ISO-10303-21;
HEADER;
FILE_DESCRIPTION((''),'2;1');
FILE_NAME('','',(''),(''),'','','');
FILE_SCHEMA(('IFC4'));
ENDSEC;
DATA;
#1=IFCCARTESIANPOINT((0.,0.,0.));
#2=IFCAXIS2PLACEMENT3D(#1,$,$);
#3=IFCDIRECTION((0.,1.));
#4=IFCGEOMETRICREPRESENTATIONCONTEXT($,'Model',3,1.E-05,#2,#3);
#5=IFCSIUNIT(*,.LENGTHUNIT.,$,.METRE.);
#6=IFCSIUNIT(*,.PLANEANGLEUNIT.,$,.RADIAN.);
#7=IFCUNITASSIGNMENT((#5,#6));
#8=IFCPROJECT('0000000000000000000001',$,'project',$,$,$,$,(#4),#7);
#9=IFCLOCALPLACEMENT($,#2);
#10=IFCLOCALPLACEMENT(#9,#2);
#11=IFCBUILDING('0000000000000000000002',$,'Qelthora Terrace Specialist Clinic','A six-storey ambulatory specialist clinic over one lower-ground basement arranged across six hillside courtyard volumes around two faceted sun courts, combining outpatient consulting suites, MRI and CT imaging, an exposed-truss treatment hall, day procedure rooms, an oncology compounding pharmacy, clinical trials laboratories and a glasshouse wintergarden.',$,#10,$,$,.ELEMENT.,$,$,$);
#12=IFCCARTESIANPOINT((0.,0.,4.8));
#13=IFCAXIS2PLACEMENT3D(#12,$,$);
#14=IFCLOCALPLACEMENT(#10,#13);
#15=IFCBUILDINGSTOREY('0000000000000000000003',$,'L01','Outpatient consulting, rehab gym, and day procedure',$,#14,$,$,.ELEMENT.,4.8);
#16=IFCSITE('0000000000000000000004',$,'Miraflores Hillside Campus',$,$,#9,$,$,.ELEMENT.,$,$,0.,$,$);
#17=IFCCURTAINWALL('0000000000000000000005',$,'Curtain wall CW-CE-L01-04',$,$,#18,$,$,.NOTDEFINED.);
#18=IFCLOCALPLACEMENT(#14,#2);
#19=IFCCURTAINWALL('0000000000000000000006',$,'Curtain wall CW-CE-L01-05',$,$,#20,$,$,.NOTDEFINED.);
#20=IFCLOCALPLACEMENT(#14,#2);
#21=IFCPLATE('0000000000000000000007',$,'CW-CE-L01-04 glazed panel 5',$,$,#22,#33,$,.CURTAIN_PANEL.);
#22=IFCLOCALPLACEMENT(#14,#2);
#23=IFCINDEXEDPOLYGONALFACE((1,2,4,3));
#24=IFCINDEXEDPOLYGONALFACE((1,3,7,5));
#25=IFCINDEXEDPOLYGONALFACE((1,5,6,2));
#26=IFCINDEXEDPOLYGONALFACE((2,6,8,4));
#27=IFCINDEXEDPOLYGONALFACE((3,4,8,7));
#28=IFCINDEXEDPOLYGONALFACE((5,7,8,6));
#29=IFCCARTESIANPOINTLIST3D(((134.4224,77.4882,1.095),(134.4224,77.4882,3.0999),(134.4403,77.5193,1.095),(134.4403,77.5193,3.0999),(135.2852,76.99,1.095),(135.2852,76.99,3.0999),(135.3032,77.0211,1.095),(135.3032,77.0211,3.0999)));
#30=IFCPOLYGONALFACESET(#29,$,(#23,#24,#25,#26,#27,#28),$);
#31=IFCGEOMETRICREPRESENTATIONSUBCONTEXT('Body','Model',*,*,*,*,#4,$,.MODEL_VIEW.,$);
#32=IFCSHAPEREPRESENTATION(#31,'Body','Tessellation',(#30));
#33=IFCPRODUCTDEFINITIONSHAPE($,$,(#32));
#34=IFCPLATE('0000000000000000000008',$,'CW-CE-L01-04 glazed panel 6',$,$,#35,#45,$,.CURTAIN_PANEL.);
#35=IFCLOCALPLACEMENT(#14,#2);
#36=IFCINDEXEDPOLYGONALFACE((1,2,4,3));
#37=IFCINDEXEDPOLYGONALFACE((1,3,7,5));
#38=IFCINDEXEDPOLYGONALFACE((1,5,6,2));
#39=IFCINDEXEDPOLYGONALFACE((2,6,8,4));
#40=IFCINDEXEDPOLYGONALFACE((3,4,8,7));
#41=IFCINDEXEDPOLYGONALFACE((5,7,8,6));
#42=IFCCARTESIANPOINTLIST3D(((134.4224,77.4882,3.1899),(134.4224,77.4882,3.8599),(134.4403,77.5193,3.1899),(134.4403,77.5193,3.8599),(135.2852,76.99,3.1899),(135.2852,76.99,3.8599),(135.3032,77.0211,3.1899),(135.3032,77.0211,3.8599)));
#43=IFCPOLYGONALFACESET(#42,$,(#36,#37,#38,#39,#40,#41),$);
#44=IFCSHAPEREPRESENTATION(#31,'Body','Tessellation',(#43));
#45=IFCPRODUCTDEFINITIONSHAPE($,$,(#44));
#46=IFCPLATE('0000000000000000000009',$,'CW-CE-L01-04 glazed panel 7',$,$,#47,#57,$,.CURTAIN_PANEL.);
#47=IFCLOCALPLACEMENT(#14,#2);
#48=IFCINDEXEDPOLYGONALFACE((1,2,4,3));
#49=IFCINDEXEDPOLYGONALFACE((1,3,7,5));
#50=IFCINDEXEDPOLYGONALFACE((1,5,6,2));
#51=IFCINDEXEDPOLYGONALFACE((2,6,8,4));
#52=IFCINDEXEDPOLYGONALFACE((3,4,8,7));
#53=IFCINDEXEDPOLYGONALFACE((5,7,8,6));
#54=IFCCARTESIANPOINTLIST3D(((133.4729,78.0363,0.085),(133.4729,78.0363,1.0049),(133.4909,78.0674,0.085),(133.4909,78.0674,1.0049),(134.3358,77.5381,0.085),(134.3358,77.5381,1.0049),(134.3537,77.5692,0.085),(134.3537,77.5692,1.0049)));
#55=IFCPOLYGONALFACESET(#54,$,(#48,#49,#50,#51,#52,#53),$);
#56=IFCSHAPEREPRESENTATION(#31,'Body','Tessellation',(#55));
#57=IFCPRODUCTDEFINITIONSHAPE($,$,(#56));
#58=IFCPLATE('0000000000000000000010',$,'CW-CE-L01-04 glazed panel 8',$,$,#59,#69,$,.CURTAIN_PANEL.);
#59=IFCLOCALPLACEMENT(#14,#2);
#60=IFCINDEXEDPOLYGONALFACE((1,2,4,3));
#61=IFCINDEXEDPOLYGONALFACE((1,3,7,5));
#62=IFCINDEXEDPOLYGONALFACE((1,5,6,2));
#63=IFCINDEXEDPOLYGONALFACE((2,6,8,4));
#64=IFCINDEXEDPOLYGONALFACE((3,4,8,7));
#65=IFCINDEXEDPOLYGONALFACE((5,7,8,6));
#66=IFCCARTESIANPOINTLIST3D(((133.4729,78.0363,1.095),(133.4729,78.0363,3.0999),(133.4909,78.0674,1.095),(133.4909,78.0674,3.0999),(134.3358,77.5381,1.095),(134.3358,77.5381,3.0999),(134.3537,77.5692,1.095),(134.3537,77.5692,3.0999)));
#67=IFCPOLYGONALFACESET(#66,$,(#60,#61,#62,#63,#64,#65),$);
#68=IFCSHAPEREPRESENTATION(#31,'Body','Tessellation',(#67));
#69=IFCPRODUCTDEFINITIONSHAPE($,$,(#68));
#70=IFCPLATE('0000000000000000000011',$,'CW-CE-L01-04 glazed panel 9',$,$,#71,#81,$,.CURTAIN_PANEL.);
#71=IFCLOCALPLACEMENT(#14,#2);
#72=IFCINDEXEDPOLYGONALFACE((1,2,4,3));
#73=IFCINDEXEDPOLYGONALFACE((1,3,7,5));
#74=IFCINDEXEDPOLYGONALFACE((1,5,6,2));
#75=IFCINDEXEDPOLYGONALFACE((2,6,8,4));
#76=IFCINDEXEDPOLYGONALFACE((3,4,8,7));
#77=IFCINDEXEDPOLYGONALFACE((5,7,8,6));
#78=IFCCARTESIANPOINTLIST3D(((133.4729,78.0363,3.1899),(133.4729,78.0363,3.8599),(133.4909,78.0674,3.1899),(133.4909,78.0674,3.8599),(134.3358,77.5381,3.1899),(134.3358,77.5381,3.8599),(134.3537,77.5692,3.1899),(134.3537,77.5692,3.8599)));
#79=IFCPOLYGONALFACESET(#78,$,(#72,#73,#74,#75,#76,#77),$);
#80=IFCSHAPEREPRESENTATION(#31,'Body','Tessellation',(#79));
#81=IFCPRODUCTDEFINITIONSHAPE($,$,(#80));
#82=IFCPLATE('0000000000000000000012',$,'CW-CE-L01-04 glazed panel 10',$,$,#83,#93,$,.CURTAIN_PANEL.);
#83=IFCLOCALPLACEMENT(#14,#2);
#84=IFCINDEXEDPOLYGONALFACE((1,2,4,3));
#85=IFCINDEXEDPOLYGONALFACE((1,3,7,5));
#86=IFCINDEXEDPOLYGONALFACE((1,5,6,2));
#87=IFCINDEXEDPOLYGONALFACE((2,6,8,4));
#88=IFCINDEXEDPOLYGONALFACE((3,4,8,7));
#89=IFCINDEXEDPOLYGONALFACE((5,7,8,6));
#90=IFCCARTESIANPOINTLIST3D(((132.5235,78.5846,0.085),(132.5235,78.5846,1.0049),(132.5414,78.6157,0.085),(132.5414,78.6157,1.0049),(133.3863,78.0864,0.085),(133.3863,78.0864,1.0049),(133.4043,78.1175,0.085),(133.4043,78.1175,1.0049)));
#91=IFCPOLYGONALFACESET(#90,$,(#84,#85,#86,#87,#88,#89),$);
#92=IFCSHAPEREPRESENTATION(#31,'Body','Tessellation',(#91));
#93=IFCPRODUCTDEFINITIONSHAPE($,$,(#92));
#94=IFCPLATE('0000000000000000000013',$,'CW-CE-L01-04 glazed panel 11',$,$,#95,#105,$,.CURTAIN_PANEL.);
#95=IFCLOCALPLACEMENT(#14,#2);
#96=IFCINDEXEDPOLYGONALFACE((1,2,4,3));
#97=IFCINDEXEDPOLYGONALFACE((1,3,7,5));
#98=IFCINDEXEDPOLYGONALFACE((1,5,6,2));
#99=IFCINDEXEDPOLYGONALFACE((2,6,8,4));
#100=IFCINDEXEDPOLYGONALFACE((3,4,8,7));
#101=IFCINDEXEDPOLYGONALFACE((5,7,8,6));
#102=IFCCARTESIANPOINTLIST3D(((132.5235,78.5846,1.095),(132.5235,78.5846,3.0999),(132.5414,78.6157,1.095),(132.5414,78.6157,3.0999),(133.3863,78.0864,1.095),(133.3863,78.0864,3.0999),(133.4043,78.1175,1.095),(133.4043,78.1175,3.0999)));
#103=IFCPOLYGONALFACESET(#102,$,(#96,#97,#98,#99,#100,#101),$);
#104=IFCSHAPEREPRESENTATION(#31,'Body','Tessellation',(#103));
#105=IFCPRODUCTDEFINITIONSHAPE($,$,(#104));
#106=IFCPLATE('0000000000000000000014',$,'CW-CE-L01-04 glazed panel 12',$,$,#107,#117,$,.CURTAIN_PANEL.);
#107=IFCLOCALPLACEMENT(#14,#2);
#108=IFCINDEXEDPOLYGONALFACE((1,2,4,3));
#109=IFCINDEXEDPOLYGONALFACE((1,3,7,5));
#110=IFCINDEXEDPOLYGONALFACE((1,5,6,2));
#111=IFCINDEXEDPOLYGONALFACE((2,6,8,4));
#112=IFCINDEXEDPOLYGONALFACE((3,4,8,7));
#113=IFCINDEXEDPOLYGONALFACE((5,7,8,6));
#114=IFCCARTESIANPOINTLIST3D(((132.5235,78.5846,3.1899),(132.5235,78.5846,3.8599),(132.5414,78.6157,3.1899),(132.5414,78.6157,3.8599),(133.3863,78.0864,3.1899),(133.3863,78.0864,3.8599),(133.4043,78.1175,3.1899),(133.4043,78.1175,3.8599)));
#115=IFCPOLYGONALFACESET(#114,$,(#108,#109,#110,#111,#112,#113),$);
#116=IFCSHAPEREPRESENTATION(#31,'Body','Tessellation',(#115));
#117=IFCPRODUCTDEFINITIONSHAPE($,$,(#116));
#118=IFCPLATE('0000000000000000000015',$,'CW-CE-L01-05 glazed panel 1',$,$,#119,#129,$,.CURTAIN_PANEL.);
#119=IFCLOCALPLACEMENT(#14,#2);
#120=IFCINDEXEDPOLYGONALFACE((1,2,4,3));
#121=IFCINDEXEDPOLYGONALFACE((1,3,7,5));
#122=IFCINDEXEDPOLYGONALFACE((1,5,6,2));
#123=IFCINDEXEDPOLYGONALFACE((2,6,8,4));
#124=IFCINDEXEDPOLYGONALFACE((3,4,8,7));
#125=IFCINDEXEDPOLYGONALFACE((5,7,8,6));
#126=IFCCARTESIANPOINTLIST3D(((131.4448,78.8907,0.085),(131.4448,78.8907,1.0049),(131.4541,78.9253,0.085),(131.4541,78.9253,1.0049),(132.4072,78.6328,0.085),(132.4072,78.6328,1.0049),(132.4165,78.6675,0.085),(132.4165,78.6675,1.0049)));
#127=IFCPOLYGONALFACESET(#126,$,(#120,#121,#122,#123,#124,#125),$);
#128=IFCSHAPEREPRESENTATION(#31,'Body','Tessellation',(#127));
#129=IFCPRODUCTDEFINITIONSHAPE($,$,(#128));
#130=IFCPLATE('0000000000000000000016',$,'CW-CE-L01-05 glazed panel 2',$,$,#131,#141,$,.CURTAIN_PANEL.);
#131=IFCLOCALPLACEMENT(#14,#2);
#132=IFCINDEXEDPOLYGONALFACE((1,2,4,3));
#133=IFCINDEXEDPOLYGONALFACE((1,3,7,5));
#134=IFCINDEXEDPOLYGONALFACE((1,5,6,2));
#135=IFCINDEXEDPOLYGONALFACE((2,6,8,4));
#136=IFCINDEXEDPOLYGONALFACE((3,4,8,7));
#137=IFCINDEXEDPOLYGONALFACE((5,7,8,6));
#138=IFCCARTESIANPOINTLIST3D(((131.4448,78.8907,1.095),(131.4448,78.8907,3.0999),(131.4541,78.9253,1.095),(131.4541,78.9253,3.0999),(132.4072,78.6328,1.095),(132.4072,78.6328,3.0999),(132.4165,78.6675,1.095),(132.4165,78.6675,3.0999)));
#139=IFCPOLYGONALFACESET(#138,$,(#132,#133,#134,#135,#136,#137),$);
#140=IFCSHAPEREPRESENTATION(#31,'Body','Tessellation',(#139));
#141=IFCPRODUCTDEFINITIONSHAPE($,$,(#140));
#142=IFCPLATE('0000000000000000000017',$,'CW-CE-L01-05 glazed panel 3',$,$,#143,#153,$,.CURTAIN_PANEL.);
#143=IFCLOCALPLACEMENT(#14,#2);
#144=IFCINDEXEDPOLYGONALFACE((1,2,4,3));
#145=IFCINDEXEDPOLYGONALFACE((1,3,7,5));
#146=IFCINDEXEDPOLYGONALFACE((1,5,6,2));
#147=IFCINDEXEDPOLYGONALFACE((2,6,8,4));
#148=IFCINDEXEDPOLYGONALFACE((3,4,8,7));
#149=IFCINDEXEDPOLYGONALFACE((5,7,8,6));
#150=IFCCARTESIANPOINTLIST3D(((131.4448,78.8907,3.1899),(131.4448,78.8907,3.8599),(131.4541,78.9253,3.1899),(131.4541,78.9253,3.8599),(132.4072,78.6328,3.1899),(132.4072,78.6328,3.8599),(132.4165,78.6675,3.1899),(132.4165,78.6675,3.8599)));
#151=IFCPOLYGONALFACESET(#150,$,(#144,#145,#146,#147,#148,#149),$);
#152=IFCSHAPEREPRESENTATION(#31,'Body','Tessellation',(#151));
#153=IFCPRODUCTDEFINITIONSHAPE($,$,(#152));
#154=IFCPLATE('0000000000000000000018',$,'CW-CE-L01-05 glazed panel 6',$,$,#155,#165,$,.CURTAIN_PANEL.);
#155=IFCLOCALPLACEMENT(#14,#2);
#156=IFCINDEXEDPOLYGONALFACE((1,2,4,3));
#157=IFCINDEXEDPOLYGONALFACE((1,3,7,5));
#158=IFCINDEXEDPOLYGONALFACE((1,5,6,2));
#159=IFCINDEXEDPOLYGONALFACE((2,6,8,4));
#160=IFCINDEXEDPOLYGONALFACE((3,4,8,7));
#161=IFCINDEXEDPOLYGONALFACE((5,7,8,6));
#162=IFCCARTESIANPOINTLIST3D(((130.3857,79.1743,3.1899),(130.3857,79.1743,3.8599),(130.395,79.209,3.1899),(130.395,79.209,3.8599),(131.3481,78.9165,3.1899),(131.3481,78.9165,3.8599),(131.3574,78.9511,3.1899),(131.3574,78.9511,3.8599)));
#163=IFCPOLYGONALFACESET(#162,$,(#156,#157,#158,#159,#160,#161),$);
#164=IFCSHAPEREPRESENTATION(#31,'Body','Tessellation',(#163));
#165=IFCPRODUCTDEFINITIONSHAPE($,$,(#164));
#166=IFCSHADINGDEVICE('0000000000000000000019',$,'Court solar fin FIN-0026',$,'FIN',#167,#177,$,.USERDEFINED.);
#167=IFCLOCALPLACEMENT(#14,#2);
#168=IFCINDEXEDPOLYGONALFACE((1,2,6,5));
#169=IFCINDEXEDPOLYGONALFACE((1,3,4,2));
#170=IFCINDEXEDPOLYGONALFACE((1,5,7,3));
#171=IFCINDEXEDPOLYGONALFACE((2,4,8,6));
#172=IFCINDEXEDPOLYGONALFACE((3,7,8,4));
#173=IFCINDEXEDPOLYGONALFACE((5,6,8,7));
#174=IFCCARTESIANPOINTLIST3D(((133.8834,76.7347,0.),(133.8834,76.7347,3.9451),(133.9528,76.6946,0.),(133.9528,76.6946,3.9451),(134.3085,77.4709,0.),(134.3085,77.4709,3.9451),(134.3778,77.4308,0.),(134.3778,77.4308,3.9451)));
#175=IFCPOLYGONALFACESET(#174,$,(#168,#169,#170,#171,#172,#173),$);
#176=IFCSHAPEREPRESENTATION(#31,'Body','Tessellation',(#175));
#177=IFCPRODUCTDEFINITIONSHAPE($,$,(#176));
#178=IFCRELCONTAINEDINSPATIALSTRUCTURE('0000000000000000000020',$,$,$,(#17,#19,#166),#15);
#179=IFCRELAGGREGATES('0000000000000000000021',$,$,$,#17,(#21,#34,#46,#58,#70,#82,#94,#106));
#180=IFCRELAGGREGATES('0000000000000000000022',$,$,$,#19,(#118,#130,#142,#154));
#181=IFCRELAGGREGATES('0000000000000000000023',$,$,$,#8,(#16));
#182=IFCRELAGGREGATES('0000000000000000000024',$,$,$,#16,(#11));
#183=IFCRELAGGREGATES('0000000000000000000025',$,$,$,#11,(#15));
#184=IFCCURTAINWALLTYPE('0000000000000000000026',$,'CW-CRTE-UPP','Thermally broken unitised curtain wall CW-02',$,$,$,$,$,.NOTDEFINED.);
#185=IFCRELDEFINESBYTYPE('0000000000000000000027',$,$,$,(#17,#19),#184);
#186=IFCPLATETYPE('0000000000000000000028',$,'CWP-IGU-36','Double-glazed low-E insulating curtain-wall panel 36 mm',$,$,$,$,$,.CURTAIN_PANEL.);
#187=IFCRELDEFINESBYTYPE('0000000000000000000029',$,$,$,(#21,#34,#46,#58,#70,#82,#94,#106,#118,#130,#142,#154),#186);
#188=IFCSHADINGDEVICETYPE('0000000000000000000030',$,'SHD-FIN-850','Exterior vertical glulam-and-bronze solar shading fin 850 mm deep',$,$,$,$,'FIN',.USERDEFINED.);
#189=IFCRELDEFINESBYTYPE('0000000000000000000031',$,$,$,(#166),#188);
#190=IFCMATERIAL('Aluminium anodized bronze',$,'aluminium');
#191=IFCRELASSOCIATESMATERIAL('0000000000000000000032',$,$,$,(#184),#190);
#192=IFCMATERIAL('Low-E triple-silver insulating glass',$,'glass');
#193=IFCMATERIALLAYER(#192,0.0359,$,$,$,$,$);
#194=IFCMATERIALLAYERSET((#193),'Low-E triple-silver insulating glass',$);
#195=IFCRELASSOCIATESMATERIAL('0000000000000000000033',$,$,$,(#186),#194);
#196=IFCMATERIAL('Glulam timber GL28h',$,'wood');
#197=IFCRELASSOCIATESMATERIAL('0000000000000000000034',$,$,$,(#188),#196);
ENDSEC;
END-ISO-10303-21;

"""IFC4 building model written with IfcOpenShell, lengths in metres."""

from ifc_helpers import new_model, si_unit, direction, frame, origin, origin_2d, place, context, subcontext, project, spatial, rectangle, extrude, material, layer, layer_set, type_object, element, aggregate, save


model = new_model("IFC4")

# Units and contexts
model_context = context("Model", 3, precision=1e-05, world=origin(), true_north=direction((0.0, 1.0)))
body_context = subcontext(model_context, "Body", "Model", "MODEL_VIEW")
ifc_project = project(units=[si_unit("LENGTHUNIT", "METRE"), si_unit("PLANEANGLEUNIT", "RADIAN")], contexts=[model_context])

# Site, building, storey
site_placement = place(None, origin())
site = spatial("IfcSite", under=ifc_project, at=site_placement, Name="Miraflores Hillside Campus", CompositionType="ELEMENT", RefElevation=0.0)
building_placement = place(site_placement, origin())
building = spatial("IfcBuilding", under=site, at=building_placement, Name="Qelthora Terrace Specialist Clinic", Description="A six-storey ambulatory specialist clinic over one lower-ground basement arranged across six hillside courtyard volumes around two faceted sun courts, combining outpatient consulting suites, MRI and CT imaging, an exposed-truss treatment hall, day procedure rooms, an oncology compounding pharmacy, clinical trials laboratories and a glasshouse wintergarden.", CompositionType="ELEMENT")
storey_placement = place(building_placement, frame((0.0, 0.0, 4.8)))
storey = spatial("IfcBuildingStorey", under=building, at=storey_placement, Name="L01", Description="Outpatient consulting, rehab gym, and day procedure", CompositionType="ELEMENT", Elevation=4.8)

# Curtain walls
ifc_material_1 = material(Name="Aluminium anodized bronze", Category="aluminium")
curtain_wall_type = type_object("IfcCurtainWallType", Name="CW-CRTE-UPP", Description="Thermally broken unitised curtain wall CW-02", PredefinedType="NOTDEFINED", material=ifc_material_1)
curtain_wall_1_placement = place(storey_placement, origin())
curtain_wall_1 = element("IfcCurtainWall", 1, at=curtain_wall_1_placement, inside=storey, type_object=curtain_wall_type, Name="Curtain wall CW-CE-L01-04", PredefinedType="NOTDEFINED")
curtain_wall_2_placement = place(storey_placement, origin())
curtain_wall_2 = element("IfcCurtainWall", 2, at=curtain_wall_2_placement, inside=storey, type_object=curtain_wall_type, Name="Curtain wall CW-CE-L01-05", PredefinedType="NOTDEFINED")

# Plates
ifc_material_2 = material(Name="Low-E triple-silver insulating glass", Category="glass")
ifc_layer = layer(ifc_material_2, 0.0359)
ifc_layer_set = layer_set([ifc_layer], Name="Low-E triple-silver insulating glass")
plate_type = type_object("IfcPlateType", Name="CWP-IGU-36", Description="Double-glazed low-E insulating curtain-wall panel 36 mm", PredefinedType="CURTAIN_PANEL", material=ifc_layer_set)
plate_1_placement = place(storey_placement, frame((134.8628, 77.2546, 1.095), z_axis=(0.0, 0.0, 1.0), x_axis=(-0.866025, 0.5, 0.0)))
plate_1 = element("IfcPlate", 3, at=plate_1_placement, type_object=plate_type, Name="CW-CE-L01-04 glazed panel 5", PredefinedType="CURTAIN_PANEL", context=body_context, shape_type="SweptSolid", body=[
    extrude(rectangle(XDim=0.9963, YDim=0.0359, at=origin_2d()), origin(), (0.0, 0.0, 1.0), 2.0049),
])
plate_2_placement = place(storey_placement, frame((134.8628, 77.2546, 3.1899), z_axis=(0.0, 0.0, 1.0), x_axis=(-0.866025, 0.5, 0.0)))
plate_2 = element("IfcPlate", 4, at=plate_2_placement, type_object=plate_type, Name="CW-CE-L01-04 glazed panel 6", PredefinedType="CURTAIN_PANEL", context=body_context, shape_type="SweptSolid", body=[
    extrude(rectangle(XDim=0.9963, YDim=0.0359, at=origin_2d()), origin(), (0.0, 0.0, 1.0), 0.6699),
])
plate_3_placement = place(storey_placement, frame((133.9133, 77.8027, 0.085), z_axis=(0.0, 0.0, 1.0), x_axis=(-0.866025, 0.5, 0.0)))
plate_3 = element("IfcPlate", 5, at=plate_3_placement, type_object=plate_type, Name="CW-CE-L01-04 glazed panel 7", PredefinedType="CURTAIN_PANEL", context=body_context, shape_type="SweptSolid", body=[
    extrude(rectangle(XDim=0.9963, YDim=0.0359, at=origin_2d()), origin(), (0.0, 0.0, 1.0), 0.9199),
])
plate_4_placement = place(storey_placement, frame((133.9133, 77.8027, 1.095), z_axis=(0.0, 0.0, 1.0), x_axis=(-0.866025, 0.5, 0.0)))
plate_4 = element("IfcPlate", 6, at=plate_4_placement, type_object=plate_type, Name="CW-CE-L01-04 glazed panel 8", PredefinedType="CURTAIN_PANEL", context=body_context, shape_type="SweptSolid", body=[
    extrude(rectangle(XDim=0.9963, YDim=0.0359, at=origin_2d()), origin(), (0.0, 0.0, 1.0), 2.0049),
])
plate_5_placement = place(storey_placement, frame((133.9133, 77.8027, 3.1899), z_axis=(0.0, 0.0, 1.0), x_axis=(-0.866025, 0.5, 0.0)))
plate_5 = element("IfcPlate", 7, at=plate_5_placement, type_object=plate_type, Name="CW-CE-L01-04 glazed panel 9", PredefinedType="CURTAIN_PANEL", context=body_context, shape_type="SweptSolid", body=[
    extrude(rectangle(XDim=0.9963, YDim=0.0359, at=origin_2d()), origin(), (0.0, 0.0, 1.0), 0.6699),
])
plate_6_placement = place(storey_placement, frame((132.9639, 78.3511, 0.085), z_axis=(0.0, 0.0, 1.0), x_axis=(-0.866025, 0.5, 0.0)))
plate_6 = element("IfcPlate", 8, at=plate_6_placement, type_object=plate_type, Name="CW-CE-L01-04 glazed panel 10", PredefinedType="CURTAIN_PANEL", context=body_context, shape_type="SweptSolid", body=[
    extrude(rectangle(XDim=0.9963, YDim=0.0359, at=origin_2d()), origin(), (0.0, 0.0, 1.0), 0.9199),
])
plate_7_placement = place(storey_placement, frame((132.9639, 78.3511, 1.095), z_axis=(0.0, 0.0, 1.0), x_axis=(-0.866025, 0.5, 0.0)))
plate_7 = element("IfcPlate", 9, at=plate_7_placement, type_object=plate_type, Name="CW-CE-L01-04 glazed panel 11", PredefinedType="CURTAIN_PANEL", context=body_context, shape_type="SweptSolid", body=[
    extrude(rectangle(XDim=0.9963, YDim=0.0359, at=origin_2d()), origin(), (0.0, 0.0, 1.0), 2.0049),
])
plate_8_placement = place(storey_placement, frame((132.9639, 78.3511, 3.1899), z_axis=(0.0, 0.0, 1.0), x_axis=(-0.866025, 0.5, 0.0)))
plate_8 = element("IfcPlate", 10, at=plate_8_placement, type_object=plate_type, Name="CW-CE-L01-04 glazed panel 12", PredefinedType="CURTAIN_PANEL", context=body_context, shape_type="SweptSolid", body=[
    extrude(rectangle(XDim=0.9963, YDim=0.0359, at=origin_2d()), origin(), (0.0, 0.0, 1.0), 0.6699),
])
aggregate(curtain_wall_1, [plate_1, plate_2, plate_3, plate_4, plate_5, plate_6, plate_7, plate_8])
plate_9_placement = place(storey_placement, frame((131.9307, 78.7791, 0.085), z_axis=(0.0, 0.0, 1.0), x_axis=(-0.965926, 0.258819, 0.0)))
plate_9 = element("IfcPlate", 11, at=plate_9_placement, type_object=plate_type, Name="CW-CE-L01-05 glazed panel 1", PredefinedType="CURTAIN_PANEL", context=body_context, shape_type="SweptSolid", body=[
    extrude(rectangle(XDim=0.9963, YDim=0.0359, at=origin_2d()), origin(), (0.0, 0.0, 1.0), 0.9199),
])
plate_10_placement = place(storey_placement, frame((131.9307, 78.7791, 1.095), z_axis=(0.0, 0.0, 1.0), x_axis=(-0.965926, 0.258819, 0.0)))
plate_10 = element("IfcPlate", 12, at=plate_10_placement, type_object=plate_type, Name="CW-CE-L01-05 glazed panel 2", PredefinedType="CURTAIN_PANEL", context=body_context, shape_type="SweptSolid", body=[
    extrude(rectangle(XDim=0.9963, YDim=0.0359, at=origin_2d()), origin(), (0.0, 0.0, 1.0), 2.0049),
])
plate_11_placement = place(storey_placement, frame((131.9307, 78.7791, 3.1899), z_axis=(0.0, 0.0, 1.0), x_axis=(-0.965926, 0.258819, 0.0)))
plate_11 = element("IfcPlate", 13, at=plate_11_placement, type_object=plate_type, Name="CW-CE-L01-05 glazed panel 3", PredefinedType="CURTAIN_PANEL", context=body_context, shape_type="SweptSolid", body=[
    extrude(rectangle(XDim=0.9963, YDim=0.0359, at=origin_2d()), origin(), (0.0, 0.0, 1.0), 0.6699),
])
plate_12_placement = place(storey_placement, frame((130.8716, 79.0627, 3.1899), z_axis=(0.0, 0.0, 1.0), x_axis=(-0.965926, 0.258819, 0.0)))
plate_12 = element("IfcPlate", 14, at=plate_12_placement, type_object=plate_type, Name="CW-CE-L01-05 glazed panel 6", PredefinedType="CURTAIN_PANEL", context=body_context, shape_type="SweptSolid", body=[
    extrude(rectangle(XDim=0.9963, YDim=0.0359, at=origin_2d()), origin(), (0.0, 0.0, 1.0), 0.6699),
])
aggregate(curtain_wall_2, [plate_9, plate_10, plate_11, plate_12])

# Shading device
ifc_material_3 = material(Name="Glulam timber GL28h", Category="wood")
shading_device_type = type_object("IfcShadingDeviceType", Name="SHD-FIN-850", Description="Exterior vertical glulam-and-bronze solar shading fin 850 mm deep", ElementType="FIN", PredefinedType="USERDEFINED", material=ifc_material_3)
shading_device_placement = place(storey_placement, frame((134.1306, 77.0828, 0.0), z_axis=(0.0, 0.0, 1.0), x_axis=(-0.5, -0.866025, 0.0)))
element("IfcShadingDevice", 15, at=shading_device_placement, inside=storey, type_object=shading_device_type, Name="Court solar fin FIN-0026", ObjectType="FIN", PredefinedType="USERDEFINED", context=body_context, shape_type="SweptSolid", body=[
    extrude(rectangle(XDim=0.8501, YDim=0.0801, at=origin_2d()), origin(), (0.0, 0.0, 1.0), 3.9451),
])

save(model, "model.ifc")
